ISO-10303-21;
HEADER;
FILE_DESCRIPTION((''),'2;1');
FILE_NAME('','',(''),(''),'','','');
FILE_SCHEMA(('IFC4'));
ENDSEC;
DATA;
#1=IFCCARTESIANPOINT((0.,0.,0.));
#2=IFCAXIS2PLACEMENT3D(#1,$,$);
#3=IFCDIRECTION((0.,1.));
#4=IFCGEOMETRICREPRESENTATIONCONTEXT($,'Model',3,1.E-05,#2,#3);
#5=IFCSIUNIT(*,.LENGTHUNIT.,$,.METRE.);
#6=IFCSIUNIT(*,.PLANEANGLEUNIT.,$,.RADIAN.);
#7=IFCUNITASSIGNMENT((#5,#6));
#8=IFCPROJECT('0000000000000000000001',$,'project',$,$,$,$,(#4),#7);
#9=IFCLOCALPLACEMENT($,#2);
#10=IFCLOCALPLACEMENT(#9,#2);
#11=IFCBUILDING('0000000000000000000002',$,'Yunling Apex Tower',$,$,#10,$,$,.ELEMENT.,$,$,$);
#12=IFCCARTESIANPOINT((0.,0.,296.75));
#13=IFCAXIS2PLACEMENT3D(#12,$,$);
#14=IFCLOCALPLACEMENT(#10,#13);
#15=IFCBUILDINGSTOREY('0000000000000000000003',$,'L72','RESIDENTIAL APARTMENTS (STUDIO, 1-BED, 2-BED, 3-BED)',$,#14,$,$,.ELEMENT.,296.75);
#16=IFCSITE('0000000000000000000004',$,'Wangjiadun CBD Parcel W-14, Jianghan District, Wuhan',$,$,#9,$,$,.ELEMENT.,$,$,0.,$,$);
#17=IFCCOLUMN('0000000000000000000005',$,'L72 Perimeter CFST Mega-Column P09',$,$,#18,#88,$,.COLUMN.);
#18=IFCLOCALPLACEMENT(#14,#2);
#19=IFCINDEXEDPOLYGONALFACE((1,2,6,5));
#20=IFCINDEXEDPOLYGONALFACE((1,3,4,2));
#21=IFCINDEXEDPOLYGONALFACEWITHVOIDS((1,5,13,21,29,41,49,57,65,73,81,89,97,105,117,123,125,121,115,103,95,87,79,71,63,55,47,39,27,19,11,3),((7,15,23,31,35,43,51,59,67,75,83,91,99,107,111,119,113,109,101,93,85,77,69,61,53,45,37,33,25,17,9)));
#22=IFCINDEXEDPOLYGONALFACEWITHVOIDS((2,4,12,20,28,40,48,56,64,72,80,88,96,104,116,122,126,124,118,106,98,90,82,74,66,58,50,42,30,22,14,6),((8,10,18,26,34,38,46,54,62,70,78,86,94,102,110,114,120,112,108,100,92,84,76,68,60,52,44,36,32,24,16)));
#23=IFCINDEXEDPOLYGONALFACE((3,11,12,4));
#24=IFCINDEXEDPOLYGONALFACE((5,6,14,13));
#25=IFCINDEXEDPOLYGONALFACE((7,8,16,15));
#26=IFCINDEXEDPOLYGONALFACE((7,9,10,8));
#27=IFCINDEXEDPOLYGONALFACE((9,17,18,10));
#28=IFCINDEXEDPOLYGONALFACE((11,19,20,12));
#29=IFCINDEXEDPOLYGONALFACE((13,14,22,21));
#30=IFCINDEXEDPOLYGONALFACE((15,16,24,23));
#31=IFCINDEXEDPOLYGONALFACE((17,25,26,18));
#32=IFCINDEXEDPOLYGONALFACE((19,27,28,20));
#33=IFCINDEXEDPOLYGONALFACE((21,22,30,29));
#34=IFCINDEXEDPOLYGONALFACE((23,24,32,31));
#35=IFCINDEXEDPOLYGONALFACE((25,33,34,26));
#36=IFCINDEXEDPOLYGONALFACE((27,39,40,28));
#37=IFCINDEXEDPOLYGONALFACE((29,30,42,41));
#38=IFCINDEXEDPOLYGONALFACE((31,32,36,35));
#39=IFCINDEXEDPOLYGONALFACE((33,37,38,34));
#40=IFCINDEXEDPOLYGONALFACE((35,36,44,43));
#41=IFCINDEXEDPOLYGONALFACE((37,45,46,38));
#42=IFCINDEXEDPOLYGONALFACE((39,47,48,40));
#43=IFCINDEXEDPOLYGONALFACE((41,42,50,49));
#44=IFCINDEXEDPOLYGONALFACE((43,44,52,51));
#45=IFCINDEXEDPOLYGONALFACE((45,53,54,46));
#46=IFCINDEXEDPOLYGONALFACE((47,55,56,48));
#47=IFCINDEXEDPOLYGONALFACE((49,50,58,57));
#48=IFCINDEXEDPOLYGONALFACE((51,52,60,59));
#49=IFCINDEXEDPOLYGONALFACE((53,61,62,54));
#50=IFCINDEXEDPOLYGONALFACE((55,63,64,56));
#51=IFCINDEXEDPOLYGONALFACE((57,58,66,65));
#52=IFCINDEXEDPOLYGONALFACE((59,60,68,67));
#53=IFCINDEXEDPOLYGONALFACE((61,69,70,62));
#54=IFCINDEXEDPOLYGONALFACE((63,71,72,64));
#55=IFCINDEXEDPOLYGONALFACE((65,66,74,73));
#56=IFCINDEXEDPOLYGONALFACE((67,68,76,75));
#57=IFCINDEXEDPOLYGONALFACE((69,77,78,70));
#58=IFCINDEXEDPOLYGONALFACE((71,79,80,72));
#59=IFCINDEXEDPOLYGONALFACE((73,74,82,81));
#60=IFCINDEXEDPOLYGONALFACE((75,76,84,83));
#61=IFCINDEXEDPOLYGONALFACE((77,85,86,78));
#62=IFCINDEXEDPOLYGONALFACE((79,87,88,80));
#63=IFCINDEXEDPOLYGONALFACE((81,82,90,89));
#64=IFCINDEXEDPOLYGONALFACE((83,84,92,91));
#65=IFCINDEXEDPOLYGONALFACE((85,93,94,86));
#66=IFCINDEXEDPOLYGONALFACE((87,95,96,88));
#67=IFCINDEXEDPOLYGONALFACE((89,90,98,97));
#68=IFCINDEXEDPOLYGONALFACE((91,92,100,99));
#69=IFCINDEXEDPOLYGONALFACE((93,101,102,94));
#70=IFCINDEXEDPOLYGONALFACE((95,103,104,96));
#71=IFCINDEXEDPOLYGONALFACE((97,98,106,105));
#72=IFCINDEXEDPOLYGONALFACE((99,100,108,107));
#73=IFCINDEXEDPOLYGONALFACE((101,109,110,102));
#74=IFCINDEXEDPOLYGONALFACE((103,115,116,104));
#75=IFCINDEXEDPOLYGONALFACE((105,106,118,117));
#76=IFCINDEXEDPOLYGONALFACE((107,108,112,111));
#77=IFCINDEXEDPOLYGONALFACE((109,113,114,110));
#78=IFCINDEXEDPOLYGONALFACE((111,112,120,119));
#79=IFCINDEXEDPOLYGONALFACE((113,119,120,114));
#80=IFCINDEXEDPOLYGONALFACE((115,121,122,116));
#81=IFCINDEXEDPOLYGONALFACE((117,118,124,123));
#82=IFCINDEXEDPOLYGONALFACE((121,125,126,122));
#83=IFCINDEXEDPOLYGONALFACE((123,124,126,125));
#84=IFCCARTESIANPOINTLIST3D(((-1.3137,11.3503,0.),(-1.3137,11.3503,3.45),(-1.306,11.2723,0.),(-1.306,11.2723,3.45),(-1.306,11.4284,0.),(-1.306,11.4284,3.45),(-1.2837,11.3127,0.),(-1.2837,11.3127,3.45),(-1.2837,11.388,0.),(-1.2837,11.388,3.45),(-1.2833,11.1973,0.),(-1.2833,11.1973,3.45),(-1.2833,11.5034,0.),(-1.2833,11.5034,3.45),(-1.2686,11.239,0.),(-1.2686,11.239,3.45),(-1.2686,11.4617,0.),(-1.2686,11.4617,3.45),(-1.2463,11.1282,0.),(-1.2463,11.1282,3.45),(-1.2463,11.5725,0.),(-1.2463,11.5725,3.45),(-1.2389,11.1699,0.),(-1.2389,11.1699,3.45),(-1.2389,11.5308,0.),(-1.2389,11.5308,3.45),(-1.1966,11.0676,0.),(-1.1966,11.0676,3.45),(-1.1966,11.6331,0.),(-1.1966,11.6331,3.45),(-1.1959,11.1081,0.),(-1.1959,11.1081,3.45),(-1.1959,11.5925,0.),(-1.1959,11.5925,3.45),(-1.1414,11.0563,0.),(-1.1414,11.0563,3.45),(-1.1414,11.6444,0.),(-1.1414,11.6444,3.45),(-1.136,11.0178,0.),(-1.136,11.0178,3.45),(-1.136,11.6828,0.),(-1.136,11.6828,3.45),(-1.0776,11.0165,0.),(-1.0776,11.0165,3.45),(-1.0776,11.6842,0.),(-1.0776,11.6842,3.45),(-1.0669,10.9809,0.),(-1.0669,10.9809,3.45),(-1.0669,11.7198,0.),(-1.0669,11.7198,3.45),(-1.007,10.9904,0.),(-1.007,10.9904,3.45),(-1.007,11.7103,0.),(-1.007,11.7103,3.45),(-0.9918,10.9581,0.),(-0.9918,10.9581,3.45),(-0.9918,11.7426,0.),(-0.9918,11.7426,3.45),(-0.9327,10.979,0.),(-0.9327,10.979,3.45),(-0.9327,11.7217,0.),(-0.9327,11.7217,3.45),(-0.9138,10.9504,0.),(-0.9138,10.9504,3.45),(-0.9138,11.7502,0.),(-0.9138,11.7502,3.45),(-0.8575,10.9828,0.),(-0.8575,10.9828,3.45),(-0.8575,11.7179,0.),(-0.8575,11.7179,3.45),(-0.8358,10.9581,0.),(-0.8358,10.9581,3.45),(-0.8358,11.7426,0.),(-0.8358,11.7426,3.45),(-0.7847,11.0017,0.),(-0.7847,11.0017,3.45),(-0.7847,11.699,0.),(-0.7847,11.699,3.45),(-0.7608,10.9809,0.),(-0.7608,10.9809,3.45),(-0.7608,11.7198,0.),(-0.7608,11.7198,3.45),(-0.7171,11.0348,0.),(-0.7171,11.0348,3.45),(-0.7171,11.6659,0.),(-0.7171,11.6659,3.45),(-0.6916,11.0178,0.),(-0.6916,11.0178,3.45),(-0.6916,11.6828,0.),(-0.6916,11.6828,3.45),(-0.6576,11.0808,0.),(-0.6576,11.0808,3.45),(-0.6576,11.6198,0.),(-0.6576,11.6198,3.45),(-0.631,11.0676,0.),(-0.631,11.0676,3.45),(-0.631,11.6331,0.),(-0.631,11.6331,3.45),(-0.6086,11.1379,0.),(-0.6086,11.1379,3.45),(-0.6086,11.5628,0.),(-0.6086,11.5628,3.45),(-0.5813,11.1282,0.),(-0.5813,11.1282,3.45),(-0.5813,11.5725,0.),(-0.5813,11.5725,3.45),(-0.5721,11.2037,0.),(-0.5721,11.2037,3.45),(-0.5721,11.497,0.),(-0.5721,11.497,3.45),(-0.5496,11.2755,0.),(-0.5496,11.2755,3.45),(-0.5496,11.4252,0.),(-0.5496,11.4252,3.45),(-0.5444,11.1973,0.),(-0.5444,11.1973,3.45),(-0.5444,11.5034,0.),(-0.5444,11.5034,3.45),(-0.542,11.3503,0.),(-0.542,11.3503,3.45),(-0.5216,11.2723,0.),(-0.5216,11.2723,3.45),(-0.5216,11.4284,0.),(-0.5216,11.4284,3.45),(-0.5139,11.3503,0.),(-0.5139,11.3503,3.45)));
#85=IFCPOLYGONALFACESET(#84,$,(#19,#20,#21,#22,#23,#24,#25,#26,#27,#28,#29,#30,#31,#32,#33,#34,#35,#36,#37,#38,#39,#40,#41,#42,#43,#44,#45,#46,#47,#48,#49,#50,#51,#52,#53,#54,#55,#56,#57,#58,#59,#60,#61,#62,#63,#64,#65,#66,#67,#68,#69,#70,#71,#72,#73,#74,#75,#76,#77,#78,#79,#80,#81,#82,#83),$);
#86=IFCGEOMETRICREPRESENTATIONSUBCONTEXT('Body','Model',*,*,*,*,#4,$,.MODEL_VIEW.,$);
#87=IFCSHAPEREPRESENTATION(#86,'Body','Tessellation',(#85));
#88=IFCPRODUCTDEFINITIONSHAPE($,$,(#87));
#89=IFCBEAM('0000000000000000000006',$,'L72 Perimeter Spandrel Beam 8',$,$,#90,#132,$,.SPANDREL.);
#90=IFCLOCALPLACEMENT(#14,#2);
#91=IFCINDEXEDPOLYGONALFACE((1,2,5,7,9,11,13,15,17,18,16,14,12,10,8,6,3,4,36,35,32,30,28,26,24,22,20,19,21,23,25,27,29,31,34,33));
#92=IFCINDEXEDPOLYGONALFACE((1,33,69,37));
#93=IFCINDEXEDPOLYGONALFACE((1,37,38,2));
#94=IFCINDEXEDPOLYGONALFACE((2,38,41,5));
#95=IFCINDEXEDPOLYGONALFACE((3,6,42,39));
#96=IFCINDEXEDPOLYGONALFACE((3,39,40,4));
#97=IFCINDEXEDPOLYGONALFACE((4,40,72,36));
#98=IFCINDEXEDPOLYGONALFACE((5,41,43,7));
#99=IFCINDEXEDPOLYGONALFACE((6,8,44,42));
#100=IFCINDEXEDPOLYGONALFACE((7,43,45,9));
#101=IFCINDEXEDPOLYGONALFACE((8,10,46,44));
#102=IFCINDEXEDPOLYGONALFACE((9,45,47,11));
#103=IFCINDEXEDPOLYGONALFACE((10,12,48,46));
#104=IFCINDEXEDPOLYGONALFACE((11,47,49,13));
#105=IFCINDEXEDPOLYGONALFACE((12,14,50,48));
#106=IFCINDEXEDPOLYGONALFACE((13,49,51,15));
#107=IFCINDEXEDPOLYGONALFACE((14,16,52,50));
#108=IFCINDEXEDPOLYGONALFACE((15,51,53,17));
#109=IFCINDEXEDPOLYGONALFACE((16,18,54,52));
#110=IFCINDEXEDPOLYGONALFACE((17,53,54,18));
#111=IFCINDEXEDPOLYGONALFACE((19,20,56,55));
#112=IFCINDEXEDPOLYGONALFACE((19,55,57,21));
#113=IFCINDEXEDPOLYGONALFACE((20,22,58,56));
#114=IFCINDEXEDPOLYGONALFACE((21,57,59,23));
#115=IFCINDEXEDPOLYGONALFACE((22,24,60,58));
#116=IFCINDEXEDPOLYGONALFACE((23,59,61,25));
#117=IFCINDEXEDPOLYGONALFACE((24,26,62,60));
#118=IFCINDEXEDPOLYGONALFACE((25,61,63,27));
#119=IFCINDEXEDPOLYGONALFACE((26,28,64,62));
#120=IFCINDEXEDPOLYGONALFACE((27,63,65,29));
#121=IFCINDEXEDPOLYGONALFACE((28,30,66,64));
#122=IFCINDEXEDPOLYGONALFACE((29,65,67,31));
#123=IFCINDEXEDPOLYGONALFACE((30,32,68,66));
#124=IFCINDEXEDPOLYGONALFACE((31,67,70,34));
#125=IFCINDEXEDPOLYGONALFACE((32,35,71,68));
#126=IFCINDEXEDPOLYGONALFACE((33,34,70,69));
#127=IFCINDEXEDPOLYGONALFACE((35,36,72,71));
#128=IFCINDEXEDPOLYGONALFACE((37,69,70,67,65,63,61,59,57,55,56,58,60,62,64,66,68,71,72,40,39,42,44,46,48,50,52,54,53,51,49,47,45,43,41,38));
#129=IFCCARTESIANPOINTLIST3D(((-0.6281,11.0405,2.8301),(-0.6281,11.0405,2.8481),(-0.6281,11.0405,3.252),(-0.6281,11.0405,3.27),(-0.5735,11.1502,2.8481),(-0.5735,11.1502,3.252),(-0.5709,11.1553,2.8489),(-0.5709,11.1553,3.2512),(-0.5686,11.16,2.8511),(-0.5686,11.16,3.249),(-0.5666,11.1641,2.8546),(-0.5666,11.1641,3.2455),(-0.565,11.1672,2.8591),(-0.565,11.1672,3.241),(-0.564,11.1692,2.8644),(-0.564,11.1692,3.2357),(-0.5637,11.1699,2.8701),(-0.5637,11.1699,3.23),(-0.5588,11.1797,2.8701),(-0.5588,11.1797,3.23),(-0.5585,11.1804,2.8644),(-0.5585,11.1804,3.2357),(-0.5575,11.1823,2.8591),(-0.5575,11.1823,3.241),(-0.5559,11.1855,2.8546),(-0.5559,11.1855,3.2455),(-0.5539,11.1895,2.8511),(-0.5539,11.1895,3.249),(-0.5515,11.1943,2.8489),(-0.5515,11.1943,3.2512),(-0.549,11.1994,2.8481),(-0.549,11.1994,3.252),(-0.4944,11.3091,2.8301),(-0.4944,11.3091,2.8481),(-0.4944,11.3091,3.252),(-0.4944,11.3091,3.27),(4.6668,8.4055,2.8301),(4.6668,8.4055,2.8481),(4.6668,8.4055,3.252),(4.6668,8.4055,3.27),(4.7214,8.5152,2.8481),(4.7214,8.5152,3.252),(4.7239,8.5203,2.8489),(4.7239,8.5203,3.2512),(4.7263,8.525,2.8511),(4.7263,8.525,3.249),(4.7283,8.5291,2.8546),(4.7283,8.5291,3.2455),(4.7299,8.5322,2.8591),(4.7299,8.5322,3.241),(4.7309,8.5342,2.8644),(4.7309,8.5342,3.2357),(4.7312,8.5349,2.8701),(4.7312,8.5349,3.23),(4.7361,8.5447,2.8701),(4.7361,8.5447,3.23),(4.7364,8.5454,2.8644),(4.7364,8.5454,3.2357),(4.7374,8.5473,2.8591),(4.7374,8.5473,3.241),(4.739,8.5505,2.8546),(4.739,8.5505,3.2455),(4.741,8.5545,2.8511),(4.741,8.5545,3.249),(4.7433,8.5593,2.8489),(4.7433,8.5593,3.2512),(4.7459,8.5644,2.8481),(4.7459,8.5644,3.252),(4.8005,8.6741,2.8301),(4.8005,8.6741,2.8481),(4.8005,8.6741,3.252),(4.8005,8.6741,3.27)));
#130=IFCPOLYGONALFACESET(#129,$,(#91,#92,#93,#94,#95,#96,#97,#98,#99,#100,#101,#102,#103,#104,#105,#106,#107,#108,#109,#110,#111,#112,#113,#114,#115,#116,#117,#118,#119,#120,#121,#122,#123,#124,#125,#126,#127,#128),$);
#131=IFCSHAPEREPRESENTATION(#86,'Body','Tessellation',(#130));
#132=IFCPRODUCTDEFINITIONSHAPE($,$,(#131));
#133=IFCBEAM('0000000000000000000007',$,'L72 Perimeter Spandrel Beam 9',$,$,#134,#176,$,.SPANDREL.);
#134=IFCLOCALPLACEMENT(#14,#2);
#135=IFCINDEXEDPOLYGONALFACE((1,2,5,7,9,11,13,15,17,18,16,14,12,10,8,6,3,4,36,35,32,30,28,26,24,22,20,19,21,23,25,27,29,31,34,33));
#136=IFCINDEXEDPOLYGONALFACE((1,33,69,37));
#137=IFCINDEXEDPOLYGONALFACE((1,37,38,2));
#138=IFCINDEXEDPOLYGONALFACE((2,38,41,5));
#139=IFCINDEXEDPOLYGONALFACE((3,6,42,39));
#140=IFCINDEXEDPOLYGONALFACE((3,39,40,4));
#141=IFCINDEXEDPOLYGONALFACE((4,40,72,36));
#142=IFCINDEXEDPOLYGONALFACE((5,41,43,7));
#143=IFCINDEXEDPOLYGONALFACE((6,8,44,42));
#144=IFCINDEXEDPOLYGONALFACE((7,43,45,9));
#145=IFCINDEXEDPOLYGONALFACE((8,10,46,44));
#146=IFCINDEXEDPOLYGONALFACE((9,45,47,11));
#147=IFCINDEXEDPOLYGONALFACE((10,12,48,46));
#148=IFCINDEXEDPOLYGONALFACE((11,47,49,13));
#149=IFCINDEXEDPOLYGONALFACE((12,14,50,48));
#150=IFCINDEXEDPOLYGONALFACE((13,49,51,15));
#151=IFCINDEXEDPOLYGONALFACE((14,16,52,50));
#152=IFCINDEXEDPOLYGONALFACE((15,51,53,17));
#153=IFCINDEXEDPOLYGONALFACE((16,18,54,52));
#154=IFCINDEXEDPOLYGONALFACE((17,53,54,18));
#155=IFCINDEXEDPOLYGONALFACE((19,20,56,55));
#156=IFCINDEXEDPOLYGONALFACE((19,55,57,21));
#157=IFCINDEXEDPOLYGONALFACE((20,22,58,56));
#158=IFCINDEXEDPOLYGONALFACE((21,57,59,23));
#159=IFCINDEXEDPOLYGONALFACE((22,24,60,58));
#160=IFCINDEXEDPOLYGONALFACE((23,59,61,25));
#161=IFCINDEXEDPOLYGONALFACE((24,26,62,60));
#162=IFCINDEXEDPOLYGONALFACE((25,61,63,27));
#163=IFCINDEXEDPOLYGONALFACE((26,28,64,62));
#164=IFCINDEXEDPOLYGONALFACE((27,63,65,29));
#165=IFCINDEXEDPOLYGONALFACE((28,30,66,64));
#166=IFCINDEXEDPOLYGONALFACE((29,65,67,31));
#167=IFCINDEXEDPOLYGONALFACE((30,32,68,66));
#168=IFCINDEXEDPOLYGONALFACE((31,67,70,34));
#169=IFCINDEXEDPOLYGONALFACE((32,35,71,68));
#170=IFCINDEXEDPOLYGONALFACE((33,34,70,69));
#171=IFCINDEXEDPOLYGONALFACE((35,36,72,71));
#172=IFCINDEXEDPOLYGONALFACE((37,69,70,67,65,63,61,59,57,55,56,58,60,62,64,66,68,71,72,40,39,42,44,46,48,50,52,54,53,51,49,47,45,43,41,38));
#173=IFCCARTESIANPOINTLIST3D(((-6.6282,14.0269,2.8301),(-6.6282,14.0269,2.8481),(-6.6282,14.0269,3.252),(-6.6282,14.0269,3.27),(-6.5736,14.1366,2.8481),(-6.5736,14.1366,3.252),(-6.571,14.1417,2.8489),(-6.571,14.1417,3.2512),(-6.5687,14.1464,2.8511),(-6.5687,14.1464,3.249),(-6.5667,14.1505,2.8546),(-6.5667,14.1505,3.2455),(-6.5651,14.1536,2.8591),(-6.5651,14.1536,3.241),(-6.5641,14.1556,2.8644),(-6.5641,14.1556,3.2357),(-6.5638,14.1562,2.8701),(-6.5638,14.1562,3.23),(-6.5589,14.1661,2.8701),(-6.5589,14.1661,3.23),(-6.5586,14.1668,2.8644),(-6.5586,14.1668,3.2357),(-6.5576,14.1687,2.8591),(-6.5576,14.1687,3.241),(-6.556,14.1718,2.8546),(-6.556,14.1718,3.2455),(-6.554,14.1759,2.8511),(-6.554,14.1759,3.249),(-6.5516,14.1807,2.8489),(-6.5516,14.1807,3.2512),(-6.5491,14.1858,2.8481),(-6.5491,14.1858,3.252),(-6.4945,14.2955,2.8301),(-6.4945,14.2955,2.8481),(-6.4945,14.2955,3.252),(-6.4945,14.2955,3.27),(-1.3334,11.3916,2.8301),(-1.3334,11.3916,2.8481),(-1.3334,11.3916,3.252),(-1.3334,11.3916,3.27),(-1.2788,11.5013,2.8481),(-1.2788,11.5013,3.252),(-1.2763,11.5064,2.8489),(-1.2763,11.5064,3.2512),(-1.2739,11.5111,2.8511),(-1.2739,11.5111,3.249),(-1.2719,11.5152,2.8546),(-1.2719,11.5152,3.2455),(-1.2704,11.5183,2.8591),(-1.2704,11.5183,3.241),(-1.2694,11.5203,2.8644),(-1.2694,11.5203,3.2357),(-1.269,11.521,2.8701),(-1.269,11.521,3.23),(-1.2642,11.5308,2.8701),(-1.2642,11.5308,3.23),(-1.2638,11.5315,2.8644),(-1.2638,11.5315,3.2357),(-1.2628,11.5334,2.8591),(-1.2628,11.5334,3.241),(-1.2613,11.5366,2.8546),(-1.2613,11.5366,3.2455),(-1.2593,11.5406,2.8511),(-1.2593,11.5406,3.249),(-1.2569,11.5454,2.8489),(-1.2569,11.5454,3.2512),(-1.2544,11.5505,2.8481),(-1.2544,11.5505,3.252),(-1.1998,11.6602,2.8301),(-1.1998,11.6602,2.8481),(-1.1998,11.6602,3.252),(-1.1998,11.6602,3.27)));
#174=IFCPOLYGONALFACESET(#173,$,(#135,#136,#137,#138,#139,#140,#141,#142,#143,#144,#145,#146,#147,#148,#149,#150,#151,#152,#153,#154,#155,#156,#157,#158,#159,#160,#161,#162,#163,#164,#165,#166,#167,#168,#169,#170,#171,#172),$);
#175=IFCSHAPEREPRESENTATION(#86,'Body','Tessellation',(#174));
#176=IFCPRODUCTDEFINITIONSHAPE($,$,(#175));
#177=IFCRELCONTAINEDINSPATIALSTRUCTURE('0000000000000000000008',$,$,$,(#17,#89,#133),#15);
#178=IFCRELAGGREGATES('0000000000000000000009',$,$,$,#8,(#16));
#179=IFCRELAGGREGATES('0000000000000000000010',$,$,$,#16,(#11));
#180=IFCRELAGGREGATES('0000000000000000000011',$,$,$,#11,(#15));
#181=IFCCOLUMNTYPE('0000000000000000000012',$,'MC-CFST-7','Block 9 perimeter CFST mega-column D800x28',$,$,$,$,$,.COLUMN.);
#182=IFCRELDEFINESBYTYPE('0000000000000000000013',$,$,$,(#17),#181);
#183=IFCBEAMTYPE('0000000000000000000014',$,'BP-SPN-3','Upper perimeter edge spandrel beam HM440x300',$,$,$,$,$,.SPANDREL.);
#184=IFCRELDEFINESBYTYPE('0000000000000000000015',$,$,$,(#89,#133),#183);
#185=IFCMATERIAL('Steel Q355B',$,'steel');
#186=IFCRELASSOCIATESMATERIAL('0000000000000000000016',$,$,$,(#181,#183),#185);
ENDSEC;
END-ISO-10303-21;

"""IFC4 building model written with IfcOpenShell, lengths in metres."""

from ifc_helpers import new_model, si_unit, direction, frame, origin, origin_2d, place, context, subcontext, project, spatial, hollow_circle, i_section, extrude, source, transform, mapped, material, material_profile, profile_set, type_object, element, save


model = new_model("IFC4")

# Units and contexts
model_context = context("Model", 3, precision=1e-05, world=origin(), true_north=direction((0.0, 1.0)))
body_context = subcontext(model_context, "Body", "Model", "MODEL_VIEW")
ifc_project = project(units=[si_unit("LENGTHUNIT", "METRE"), si_unit("PLANEANGLEUNIT", "RADIAN")], contexts=[model_context])

# Site, building, storey
site_placement = place(None, origin())
site = spatial("IfcSite", under=ifc_project, at=site_placement, Name="Wangjiadun CBD Parcel W-14, Jianghan District, Wuhan", CompositionType="ELEMENT", RefElevation=0.0)
building_placement = place(site_placement, origin())
building = spatial("IfcBuilding", under=site, at=building_placement, Name="Yunling Apex Tower", CompositionType="ELEMENT")
storey_placement = place(building_placement, frame((0.0, 0.0, 296.75)))
storey = spatial("IfcBuildingStorey", under=building, at=storey_placement, Name="L72", Description="RESIDENTIAL APARTMENTS (STUDIO, 1-BED, 2-BED, 3-BED)", CompositionType="ELEMENT", Elevation=296.75)

# Column
ifc_material_1 = material(Name="Steel Q355B", Category="steel")
ifc_material_profile_1 = material_profile(ifc_material_1, hollow_circle(Radius=0.3999, WallThickness=0.0281, at=origin_2d()))
ifc_profile_set_1 = profile_set([ifc_material_profile_1], Name="Steel Q355B")
column_type = type_object("IfcColumnType", Name="MC-CFST-7", Description="Block 9 perimeter CFST mega-column D800x28", PredefinedType="COLUMN", material=ifc_profile_set_1)
shared_shape_1 = source(origin(), body_context, "Body", "SweptSolid", [
    extrude(hollow_circle(Radius=0.3999, WallThickness=0.0281, at=origin_2d()), origin(), (0.0, 0.0, 1.0), 3.45),
])
column_placement = place(storey_placement, frame((-0.9138, 11.3503, 0.0), z_axis=(0.0, 0.0, 1.0), x_axis=(1.0, 0.0, 0.0)))
element("IfcColumn", 1, at=column_placement, inside=storey, type_object=column_type, Name="L72 Perimeter CFST Mega-Column P09", PredefinedType="COLUMN", context=body_context, shape_type="MappedRepresentation", body=[
    mapped(shared_shape_1, transform((0.0, 0.0, 0.0), scale=1.0)),
])

# Beams
ifc_material_profile_2 = material_profile(ifc_material_1, i_section(OverallWidth=0.3, OverallDepth=0.4399, WebThickness=0.011, FlangeThickness=0.0181, FilletRadius=0.022, at=origin_2d()))
ifc_profile_set_2 = profile_set([ifc_material_profile_2], Name="Steel Q355B")
beam_type_1 = type_object("IfcBeamType", Name="BP-SPN-3", Description="Upper perimeter edge spandrel beam HM440x300", PredefinedType="SPANDREL", material=ifc_profile_set_2)
shared_shape_2 = source(origin(), body_context, "Body", "SweptSolid", [
    extrude(i_section(OverallWidth=0.3, OverallDepth=0.4399, WebThickness=0.011, FlangeThickness=0.0181, FilletRadius=0.022, at=origin_2d()), origin(), (0.0, 0.0, 1.0), 5.9143),
])
for number, where, z_axis, x_axis, name in (
    (2, (4.7336, 8.5398, 3.05), (-0.895268, 0.445529, 0.0), (-0.445529, -0.895268, 0.0), "L72 Perimeter Spandrel Beam 8"),
    (3, (-1.2666, 11.5259, 3.05), (-0.895243, 0.445578, 0.0), (-0.445578, -0.895243, 0.0), "L72 Perimeter Spandrel Beam 9"),
):
    element("IfcBeam", number, at=place(storey_placement, frame(where, z_axis=z_axis, x_axis=x_axis)), inside=storey, type_object=beam_type_1, Name=name, PredefinedType="SPANDREL", context=body_context, shape_type="MappedRepresentation", body=[
        mapped(shared_shape_2, transform((0.0, 0.0, 0.0), scale=1.0)),
    ])

save(model, "model.ifc")
